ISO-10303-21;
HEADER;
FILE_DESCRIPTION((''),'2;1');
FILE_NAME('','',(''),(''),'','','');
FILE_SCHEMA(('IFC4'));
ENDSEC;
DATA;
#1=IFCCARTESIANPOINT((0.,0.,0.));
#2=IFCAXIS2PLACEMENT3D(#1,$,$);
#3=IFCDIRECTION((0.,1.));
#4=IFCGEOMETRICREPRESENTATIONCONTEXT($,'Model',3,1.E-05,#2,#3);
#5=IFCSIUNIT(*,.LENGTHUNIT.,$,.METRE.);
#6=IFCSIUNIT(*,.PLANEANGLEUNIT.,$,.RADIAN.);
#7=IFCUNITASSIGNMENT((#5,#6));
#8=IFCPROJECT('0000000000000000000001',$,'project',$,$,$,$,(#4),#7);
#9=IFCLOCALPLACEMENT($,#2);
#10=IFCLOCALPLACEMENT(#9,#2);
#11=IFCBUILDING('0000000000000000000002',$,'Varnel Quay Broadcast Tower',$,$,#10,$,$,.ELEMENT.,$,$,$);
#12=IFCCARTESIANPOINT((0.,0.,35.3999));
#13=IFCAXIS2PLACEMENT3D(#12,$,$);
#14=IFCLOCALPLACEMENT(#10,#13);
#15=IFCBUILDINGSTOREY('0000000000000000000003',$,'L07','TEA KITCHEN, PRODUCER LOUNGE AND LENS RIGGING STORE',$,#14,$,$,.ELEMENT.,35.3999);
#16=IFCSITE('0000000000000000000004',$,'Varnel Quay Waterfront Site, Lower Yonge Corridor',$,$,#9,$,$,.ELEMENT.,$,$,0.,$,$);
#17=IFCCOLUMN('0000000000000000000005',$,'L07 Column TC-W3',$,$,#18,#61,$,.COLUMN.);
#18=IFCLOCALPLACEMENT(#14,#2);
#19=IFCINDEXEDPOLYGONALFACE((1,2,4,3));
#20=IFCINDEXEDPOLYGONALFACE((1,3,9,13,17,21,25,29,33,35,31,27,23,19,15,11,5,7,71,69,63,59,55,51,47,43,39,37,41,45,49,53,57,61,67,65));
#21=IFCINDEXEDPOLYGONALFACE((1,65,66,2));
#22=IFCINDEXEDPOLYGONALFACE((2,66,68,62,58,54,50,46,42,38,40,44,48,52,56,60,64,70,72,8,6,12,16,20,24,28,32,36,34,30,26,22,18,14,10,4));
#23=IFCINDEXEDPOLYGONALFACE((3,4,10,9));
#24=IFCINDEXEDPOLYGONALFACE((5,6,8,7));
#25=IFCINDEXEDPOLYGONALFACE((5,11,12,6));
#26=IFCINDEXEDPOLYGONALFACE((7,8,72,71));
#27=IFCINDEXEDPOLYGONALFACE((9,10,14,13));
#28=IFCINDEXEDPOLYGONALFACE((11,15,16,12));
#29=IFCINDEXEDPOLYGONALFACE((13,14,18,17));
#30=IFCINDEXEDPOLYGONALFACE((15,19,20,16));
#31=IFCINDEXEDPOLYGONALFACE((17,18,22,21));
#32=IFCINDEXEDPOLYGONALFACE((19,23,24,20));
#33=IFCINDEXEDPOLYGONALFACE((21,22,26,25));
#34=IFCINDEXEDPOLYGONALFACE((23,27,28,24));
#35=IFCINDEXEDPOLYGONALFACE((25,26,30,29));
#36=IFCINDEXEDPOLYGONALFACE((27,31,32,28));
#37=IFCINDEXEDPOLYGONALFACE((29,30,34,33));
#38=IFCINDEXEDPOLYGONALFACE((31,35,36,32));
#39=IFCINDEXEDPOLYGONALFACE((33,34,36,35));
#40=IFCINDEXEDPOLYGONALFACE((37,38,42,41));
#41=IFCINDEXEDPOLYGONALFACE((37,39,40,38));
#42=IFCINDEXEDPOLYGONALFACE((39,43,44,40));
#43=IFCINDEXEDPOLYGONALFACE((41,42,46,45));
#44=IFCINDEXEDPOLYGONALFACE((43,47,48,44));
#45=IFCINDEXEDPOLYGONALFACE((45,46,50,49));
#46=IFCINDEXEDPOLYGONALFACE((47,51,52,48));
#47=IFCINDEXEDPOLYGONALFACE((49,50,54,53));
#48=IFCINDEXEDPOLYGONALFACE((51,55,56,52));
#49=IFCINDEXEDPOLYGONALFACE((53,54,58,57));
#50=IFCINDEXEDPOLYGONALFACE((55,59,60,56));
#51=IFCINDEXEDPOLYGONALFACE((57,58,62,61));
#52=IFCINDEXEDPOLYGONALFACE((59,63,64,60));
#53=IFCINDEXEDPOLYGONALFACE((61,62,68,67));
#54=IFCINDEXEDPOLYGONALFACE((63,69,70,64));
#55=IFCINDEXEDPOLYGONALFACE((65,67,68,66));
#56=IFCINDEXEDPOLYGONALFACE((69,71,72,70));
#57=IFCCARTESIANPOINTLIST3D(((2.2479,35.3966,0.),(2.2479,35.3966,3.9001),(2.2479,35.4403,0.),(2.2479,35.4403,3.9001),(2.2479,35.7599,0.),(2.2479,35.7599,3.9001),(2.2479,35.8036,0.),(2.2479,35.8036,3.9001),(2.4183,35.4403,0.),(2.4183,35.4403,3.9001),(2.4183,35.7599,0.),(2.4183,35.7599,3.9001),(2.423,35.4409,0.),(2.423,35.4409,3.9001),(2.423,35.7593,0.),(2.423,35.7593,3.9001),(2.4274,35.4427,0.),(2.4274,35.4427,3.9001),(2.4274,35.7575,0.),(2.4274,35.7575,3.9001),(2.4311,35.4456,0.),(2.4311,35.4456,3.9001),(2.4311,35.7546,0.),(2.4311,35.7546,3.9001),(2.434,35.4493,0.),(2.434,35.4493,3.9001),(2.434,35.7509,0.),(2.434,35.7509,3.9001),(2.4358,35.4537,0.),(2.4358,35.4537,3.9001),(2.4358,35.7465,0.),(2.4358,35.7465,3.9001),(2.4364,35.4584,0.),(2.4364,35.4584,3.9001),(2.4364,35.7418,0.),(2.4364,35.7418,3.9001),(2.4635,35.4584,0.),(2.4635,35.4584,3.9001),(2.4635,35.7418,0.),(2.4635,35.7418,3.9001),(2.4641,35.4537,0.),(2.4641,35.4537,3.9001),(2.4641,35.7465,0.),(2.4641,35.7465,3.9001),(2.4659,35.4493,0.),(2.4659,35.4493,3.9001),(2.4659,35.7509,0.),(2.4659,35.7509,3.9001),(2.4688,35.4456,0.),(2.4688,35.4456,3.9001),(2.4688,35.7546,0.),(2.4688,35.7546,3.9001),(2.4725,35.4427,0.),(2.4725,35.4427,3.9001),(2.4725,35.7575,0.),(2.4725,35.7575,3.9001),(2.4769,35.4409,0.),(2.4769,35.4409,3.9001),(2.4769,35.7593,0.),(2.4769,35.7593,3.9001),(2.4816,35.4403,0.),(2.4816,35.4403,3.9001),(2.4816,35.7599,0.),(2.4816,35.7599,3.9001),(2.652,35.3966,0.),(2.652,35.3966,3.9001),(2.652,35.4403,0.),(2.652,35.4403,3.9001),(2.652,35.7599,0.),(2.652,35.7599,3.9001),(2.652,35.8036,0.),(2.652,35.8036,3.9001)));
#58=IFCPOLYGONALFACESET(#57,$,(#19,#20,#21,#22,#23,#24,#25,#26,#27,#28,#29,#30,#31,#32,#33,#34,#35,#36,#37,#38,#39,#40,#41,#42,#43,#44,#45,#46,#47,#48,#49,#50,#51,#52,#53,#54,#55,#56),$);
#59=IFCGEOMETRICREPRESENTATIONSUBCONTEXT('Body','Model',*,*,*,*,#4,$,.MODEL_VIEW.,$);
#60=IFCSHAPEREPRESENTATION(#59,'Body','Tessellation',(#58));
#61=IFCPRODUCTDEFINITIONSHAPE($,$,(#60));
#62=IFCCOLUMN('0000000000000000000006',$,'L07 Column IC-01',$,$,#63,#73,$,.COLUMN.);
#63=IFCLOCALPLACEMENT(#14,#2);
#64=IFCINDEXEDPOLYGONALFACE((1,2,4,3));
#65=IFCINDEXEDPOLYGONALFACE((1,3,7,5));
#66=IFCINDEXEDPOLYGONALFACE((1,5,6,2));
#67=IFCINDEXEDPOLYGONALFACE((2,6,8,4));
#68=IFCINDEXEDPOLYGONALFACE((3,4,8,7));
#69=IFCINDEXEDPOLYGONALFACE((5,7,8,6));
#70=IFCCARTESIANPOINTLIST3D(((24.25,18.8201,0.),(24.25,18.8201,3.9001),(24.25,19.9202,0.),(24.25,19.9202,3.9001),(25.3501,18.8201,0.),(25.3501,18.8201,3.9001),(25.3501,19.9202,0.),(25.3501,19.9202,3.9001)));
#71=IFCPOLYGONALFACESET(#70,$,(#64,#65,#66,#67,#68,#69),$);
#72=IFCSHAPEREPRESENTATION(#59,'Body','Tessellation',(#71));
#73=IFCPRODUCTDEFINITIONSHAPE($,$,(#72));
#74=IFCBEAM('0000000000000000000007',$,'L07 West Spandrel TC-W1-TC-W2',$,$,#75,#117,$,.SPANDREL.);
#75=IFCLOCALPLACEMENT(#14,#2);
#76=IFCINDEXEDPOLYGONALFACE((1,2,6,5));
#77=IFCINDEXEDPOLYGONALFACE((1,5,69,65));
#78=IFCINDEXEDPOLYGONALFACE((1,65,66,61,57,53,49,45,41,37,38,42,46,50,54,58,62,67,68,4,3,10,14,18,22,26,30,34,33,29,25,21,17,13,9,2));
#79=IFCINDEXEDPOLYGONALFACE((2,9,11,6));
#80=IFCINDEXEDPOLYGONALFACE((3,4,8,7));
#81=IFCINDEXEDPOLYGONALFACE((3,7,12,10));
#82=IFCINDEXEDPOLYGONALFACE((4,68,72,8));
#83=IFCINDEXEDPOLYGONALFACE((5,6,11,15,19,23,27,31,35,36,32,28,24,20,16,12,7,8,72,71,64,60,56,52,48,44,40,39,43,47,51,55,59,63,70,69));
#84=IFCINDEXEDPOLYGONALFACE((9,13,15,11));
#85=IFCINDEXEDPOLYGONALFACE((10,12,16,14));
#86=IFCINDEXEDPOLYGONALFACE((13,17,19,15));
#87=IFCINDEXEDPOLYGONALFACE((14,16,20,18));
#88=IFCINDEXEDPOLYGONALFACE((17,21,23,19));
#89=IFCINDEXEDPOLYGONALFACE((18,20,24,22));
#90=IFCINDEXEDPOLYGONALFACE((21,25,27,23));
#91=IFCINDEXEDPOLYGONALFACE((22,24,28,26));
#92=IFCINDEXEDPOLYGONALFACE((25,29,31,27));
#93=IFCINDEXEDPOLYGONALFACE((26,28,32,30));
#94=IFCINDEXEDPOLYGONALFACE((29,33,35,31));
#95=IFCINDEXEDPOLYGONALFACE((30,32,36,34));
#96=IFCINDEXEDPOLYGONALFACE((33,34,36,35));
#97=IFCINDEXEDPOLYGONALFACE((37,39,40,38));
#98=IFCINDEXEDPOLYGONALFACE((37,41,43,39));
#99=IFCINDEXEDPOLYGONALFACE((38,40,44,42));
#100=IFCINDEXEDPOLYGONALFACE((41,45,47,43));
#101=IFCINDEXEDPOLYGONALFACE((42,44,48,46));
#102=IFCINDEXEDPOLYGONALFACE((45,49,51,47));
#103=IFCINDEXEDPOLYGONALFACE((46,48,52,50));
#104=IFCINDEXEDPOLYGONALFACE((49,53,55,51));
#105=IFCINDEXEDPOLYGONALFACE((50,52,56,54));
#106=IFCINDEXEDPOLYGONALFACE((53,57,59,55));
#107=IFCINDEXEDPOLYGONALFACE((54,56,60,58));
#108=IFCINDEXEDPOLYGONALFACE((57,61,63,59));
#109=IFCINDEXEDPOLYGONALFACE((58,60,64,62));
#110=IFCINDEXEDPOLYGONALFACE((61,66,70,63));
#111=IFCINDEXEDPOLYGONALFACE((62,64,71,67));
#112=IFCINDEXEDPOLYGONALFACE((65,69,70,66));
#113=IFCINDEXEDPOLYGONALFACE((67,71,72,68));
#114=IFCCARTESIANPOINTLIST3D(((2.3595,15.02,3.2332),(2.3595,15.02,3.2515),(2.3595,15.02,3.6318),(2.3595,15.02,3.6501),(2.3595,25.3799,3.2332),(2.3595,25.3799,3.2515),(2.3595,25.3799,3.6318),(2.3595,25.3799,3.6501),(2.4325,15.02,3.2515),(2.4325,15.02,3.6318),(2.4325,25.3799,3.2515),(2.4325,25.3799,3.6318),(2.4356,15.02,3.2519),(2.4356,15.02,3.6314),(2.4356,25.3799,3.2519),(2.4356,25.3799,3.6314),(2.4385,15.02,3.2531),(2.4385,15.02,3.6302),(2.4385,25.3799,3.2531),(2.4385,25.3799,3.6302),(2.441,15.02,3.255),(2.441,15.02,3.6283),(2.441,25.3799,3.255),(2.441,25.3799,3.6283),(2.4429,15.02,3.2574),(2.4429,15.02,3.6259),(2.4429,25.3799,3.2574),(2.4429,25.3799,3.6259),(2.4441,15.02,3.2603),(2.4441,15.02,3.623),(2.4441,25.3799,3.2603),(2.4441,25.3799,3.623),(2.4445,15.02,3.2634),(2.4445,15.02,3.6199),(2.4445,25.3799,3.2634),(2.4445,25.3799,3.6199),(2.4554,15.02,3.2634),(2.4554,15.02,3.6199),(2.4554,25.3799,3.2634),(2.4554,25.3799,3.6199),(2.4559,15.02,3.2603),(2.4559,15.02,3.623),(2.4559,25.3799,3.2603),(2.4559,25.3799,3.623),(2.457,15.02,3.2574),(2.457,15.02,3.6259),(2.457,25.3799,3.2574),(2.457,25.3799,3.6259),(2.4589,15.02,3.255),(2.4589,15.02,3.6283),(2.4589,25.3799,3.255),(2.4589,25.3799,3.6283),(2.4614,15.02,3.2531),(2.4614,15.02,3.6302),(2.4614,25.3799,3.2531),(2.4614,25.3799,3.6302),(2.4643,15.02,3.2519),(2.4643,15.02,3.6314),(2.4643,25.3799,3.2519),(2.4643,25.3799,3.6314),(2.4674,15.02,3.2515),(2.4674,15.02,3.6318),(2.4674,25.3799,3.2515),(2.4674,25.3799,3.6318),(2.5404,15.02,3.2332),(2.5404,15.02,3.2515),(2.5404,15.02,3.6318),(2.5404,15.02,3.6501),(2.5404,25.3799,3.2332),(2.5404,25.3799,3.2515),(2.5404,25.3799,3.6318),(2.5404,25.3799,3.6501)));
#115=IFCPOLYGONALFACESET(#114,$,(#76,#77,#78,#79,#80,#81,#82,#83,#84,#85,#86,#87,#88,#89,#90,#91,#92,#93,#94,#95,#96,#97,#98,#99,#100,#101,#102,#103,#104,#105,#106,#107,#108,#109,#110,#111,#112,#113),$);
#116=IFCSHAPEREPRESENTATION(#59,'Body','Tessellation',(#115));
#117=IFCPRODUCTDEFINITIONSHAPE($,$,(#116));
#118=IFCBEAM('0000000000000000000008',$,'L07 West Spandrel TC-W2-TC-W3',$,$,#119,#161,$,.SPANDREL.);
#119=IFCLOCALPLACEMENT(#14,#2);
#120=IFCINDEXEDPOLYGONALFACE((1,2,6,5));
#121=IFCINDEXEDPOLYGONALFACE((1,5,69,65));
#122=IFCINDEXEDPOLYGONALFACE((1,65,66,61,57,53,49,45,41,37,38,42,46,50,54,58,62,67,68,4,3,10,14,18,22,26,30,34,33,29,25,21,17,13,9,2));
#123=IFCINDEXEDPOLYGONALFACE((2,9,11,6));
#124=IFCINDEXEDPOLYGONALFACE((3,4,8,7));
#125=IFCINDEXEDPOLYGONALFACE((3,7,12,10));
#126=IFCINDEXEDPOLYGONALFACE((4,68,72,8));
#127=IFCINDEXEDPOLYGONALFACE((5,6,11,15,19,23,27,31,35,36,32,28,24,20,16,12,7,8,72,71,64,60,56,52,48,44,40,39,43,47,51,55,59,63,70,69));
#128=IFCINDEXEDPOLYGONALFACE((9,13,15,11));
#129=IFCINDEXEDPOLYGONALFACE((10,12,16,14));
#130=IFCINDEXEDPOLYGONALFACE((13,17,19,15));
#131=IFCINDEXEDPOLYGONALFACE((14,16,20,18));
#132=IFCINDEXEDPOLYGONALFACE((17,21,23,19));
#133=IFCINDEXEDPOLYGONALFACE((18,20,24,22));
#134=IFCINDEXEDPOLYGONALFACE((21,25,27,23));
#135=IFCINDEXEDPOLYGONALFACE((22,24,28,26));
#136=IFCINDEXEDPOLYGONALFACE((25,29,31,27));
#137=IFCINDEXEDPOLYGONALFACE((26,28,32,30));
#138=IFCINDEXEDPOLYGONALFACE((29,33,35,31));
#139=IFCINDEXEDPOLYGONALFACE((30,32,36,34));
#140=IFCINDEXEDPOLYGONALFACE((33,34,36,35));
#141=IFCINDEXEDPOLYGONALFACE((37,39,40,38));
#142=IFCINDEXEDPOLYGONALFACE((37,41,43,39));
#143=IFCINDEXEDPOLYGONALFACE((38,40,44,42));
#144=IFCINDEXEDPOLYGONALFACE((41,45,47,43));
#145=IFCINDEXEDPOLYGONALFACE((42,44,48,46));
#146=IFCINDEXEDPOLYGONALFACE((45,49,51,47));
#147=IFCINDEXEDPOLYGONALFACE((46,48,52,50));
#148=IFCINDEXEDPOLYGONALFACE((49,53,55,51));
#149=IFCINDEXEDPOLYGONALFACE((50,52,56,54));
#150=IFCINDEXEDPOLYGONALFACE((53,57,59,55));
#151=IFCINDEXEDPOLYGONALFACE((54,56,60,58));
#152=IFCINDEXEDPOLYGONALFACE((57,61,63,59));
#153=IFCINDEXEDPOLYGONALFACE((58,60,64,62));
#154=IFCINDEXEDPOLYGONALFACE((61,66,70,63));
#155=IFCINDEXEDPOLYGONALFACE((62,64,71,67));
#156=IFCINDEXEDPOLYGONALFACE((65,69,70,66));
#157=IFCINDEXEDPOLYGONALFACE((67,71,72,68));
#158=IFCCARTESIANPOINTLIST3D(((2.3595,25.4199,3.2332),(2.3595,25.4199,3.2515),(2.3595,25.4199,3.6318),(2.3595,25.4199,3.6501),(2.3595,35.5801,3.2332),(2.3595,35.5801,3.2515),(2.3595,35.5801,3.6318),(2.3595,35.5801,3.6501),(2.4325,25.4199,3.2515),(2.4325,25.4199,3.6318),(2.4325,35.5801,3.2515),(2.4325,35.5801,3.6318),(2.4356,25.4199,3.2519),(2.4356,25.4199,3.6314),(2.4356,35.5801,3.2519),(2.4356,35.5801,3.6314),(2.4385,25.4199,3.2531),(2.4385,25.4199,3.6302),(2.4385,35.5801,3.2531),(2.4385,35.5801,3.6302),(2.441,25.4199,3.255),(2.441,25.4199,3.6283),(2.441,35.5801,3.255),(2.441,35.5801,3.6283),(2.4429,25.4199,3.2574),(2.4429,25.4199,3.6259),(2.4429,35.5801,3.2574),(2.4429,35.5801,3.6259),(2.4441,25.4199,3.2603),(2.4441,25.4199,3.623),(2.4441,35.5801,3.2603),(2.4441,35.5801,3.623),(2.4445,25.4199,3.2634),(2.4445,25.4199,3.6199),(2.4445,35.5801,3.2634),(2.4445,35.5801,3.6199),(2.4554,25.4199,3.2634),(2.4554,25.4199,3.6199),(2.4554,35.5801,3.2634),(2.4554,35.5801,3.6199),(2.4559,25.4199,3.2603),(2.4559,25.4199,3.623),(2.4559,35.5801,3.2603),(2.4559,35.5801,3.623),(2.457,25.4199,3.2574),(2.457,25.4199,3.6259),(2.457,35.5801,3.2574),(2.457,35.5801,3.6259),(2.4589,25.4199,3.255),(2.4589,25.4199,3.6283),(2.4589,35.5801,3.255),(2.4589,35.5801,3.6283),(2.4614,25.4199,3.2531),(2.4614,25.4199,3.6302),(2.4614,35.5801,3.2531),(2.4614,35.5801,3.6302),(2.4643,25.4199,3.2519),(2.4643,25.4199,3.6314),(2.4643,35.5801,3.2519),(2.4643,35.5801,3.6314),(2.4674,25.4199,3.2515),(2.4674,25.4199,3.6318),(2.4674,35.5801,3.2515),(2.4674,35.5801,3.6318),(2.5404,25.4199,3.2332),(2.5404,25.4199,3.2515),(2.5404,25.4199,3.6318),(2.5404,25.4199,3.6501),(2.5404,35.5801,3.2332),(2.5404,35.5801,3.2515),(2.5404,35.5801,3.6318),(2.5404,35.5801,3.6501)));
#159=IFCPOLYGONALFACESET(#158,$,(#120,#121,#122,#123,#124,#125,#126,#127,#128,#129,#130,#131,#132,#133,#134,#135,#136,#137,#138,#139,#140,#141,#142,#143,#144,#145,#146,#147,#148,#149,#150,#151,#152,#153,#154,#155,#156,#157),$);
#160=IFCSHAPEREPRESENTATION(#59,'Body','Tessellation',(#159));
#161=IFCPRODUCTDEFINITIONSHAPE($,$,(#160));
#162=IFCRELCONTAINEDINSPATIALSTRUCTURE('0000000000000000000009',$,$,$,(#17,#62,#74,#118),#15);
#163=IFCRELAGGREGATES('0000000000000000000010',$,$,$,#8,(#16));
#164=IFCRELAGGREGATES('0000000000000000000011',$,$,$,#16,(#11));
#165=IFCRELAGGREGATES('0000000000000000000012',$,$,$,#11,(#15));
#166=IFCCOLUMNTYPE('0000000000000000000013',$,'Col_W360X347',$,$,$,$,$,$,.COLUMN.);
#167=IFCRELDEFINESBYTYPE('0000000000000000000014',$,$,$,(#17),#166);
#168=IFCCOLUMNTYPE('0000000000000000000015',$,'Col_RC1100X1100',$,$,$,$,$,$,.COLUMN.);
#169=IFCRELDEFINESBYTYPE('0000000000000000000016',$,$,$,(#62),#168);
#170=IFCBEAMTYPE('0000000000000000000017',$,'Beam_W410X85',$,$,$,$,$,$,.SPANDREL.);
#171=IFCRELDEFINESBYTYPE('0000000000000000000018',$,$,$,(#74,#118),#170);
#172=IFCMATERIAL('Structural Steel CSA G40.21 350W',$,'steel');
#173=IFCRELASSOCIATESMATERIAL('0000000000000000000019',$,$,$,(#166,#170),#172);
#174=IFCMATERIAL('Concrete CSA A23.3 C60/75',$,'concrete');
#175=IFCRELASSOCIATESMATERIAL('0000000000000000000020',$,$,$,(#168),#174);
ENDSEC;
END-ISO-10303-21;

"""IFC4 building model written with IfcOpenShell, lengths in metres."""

from ifc_helpers import new_model, si_unit, direction, frame, origin, origin_2d, place, context, subcontext, project, spatial, rectangle, i_section, extrude, source, transform, mapped, material, material_profile, profile_set, type_object, type_shapes, element, save


model = new_model("IFC4")

# Units and contexts
model_context = context("Model", 3, precision=1e-05, world=origin(), true_north=direction((0.0, 1.0)))
body_context = subcontext(model_context, "Body", "Model", "MODEL_VIEW")
ifc_project = project(units=[si_unit("LENGTHUNIT", "METRE"), si_unit("PLANEANGLEUNIT", "RADIAN")], contexts=[model_context])

# Site, building, storey
site_placement = place(None, origin())
site = spatial("IfcSite", under=ifc_project, at=site_placement, Name="Varnel Quay Waterfront Site, Lower Yonge Corridor", CompositionType="ELEMENT", RefElevation=0.0)
building_placement = place(site_placement, origin())
building = spatial("IfcBuilding", under=site, at=building_placement, Name="Varnel Quay Broadcast Tower", CompositionType="ELEMENT")
storey_placement = place(building_placement, frame((0.0, 0.0, 35.3999)))
storey = spatial("IfcBuildingStorey", under=building, at=storey_placement, Name="L07", Description="TEA KITCHEN, PRODUCER LOUNGE AND LENS RIGGING STORE", CompositionType="ELEMENT", Elevation=35.3999)

# Columns
ifc_material_1 = material(Name="Structural Steel CSA G40.21 350W", Category="steel")
ifc_material_profile_1 = material_profile(ifc_material_1, i_section(OverallWidth=0.4041, OverallDepth=0.407, WebThickness=0.0271, FlangeThickness=0.0437, FilletRadius=0.0181, at=origin_2d()), Name="W360X347")
ifc_profile_set_1 = profile_set([ifc_material_profile_1], Name="Structural Steel CSA G40.21 350W")
column_type_1 = type_object("IfcColumnType", Name="Col_W360X347", PredefinedType="COLUMN", material=ifc_profile_set_1)
shared_shape_1 = source(origin(), body_context, "Body", "SweptSolid", [
    extrude(i_section(OverallWidth=0.4041, OverallDepth=0.407, WebThickness=0.0271, FlangeThickness=0.0437, FilletRadius=0.0181, at=origin_2d()), origin(), (0.0, 0.0, 1.0), 3.9001),
])
type_shapes(column_type_1, [shared_shape_1])
for number, where, z_axis, x_axis, name in (
    (1, (2.45, 35.6001, 0.0), (0.0, 0.0, 1.0), (1.0, 0.0, 0.0), "L07 Column TC-W3"),
):
    element("IfcColumn", number, at=place(storey_placement, frame(where, z_axis=z_axis, x_axis=x_axis)), inside=storey, type_object=column_type_1, Name=name, PredefinedType="COLUMN", context=body_context, shape_type="MappedRepresentation", body=[
        mapped(shared_shape_1, transform((0.0, 0.0, 0.0), x_axis=(1.0, 0.0, 0.0), y_axis=(0.0, 1.0, 0.0), z_axis=(0.0, 0.0, 1.0), scale=1.0)),
    ])
ifc_material_2 = material(Name="Concrete CSA A23.3 C60/75", Category="concrete")
ifc_material_profile_2 = material_profile(ifc_material_2, rectangle(XDim=1.1001, YDim=1.1001, at=origin_2d()), Name="RC1100X1100")
ifc_profile_set_2 = profile_set([ifc_material_profile_2], Name="Concrete CSA A23.3 C60/75")
column_type_2 = type_object("IfcColumnType", Name="Col_RC1100X1100", PredefinedType="COLUMN", material=ifc_profile_set_2)
shared_shape_2 = source(origin(), body_context, "Body", "SweptSolid", [
    extrude(rectangle(XDim=1.1001, YDim=1.1001, at=origin_2d()), origin(), (0.0, 0.0, 1.0), 3.9001),
])
type_shapes(column_type_2, [shared_shape_2])
column_placement = place(storey_placement, frame((24.8, 19.3701, 0.0), z_axis=(0.0, 0.0, 1.0), x_axis=(1.0, 0.0, 0.0)))
element("IfcColumn", 2, at=column_placement, inside=storey, type_object=column_type_2, Name="L07 Column IC-01", PredefinedType="COLUMN", context=body_context, shape_type="MappedRepresentation", body=[
    mapped(shared_shape_2, transform((0.0, 0.0, 0.0), x_axis=(1.0, 0.0, 0.0), y_axis=(0.0, 1.0, 0.0), z_axis=(0.0, 0.0, 1.0), scale=1.0)),
])

# Beams
ifc_material_profile_3 = material_profile(ifc_material_1, i_section(OverallWidth=0.1809, OverallDepth=0.417, WebThickness=0.011, FlangeThickness=0.0183, FilletRadius=0.012, at=origin_2d()), Name="W410X85")
ifc_profile_set_3 = profile_set([ifc_material_profile_3], Name="Structural Steel CSA G40.21 350W")
beam_type_1 = type_object("IfcBeamType", Name="Beam_W410X85", PredefinedType="SPANDREL", material=ifc_profile_set_3)
shared_shape_3 = source(origin(), body_context, "Body", "SweptSolid", [
    extrude(i_section(OverallWidth=0.1809, OverallDepth=0.417, WebThickness=0.011, FlangeThickness=0.0183, FilletRadius=0.012, at=origin_2d()), origin(), (0.0, 0.0, 1.0), 10.3599),
])
beam_1_placement = place(storey_placement, frame((2.45, 15.02, 3.4417), z_axis=(0.0, 1.0, 0.0), x_axis=(-1.0, 0.0, 0.0)))
element("IfcBeam", 3, at=beam_1_placement, inside=storey, type_object=beam_type_1, Name="L07 West Spandrel TC-W1-TC-W2", PredefinedType="SPANDREL", context=body_context, shape_type="MappedRepresentation", body=[
    mapped(shared_shape_3, transform((0.0, 0.0, 0.0), x_axis=(1.0, 0.0, 0.0), y_axis=(0.0, 1.0, 0.0), z_axis=(0.0, 0.0, 1.0), scale=1.0)),
])
shared_shape_4 = source(origin(), body_context, "Body", "SweptSolid", [
    extrude(i_section(OverallWidth=0.1809, OverallDepth=0.417, WebThickness=0.011, FlangeThickness=0.0183, FilletRadius=0.012, at=origin_2d()), origin(), (0.0, 0.0, 1.0), 10.1602),
])
beam_2_placement = place(storey_placement, frame((2.45, 25.4199, 3.4417), z_axis=(0.0, 1.0, 0.0), x_axis=(-1.0, 0.0, 0.0)))
element("IfcBeam", 4, at=beam_2_placement, inside=storey, type_object=beam_type_1, Name="L07 West Spandrel TC-W2-TC-W3", PredefinedType="SPANDREL", context=body_context, shape_type="MappedRepresentation", body=[
    mapped(shared_shape_4, transform((0.0, 0.0, 0.0), x_axis=(1.0, 0.0, 0.0), y_axis=(0.0, 1.0, 0.0), z_axis=(0.0, 0.0, 1.0), scale=1.0)),
])

save(model, "model.ifc")
